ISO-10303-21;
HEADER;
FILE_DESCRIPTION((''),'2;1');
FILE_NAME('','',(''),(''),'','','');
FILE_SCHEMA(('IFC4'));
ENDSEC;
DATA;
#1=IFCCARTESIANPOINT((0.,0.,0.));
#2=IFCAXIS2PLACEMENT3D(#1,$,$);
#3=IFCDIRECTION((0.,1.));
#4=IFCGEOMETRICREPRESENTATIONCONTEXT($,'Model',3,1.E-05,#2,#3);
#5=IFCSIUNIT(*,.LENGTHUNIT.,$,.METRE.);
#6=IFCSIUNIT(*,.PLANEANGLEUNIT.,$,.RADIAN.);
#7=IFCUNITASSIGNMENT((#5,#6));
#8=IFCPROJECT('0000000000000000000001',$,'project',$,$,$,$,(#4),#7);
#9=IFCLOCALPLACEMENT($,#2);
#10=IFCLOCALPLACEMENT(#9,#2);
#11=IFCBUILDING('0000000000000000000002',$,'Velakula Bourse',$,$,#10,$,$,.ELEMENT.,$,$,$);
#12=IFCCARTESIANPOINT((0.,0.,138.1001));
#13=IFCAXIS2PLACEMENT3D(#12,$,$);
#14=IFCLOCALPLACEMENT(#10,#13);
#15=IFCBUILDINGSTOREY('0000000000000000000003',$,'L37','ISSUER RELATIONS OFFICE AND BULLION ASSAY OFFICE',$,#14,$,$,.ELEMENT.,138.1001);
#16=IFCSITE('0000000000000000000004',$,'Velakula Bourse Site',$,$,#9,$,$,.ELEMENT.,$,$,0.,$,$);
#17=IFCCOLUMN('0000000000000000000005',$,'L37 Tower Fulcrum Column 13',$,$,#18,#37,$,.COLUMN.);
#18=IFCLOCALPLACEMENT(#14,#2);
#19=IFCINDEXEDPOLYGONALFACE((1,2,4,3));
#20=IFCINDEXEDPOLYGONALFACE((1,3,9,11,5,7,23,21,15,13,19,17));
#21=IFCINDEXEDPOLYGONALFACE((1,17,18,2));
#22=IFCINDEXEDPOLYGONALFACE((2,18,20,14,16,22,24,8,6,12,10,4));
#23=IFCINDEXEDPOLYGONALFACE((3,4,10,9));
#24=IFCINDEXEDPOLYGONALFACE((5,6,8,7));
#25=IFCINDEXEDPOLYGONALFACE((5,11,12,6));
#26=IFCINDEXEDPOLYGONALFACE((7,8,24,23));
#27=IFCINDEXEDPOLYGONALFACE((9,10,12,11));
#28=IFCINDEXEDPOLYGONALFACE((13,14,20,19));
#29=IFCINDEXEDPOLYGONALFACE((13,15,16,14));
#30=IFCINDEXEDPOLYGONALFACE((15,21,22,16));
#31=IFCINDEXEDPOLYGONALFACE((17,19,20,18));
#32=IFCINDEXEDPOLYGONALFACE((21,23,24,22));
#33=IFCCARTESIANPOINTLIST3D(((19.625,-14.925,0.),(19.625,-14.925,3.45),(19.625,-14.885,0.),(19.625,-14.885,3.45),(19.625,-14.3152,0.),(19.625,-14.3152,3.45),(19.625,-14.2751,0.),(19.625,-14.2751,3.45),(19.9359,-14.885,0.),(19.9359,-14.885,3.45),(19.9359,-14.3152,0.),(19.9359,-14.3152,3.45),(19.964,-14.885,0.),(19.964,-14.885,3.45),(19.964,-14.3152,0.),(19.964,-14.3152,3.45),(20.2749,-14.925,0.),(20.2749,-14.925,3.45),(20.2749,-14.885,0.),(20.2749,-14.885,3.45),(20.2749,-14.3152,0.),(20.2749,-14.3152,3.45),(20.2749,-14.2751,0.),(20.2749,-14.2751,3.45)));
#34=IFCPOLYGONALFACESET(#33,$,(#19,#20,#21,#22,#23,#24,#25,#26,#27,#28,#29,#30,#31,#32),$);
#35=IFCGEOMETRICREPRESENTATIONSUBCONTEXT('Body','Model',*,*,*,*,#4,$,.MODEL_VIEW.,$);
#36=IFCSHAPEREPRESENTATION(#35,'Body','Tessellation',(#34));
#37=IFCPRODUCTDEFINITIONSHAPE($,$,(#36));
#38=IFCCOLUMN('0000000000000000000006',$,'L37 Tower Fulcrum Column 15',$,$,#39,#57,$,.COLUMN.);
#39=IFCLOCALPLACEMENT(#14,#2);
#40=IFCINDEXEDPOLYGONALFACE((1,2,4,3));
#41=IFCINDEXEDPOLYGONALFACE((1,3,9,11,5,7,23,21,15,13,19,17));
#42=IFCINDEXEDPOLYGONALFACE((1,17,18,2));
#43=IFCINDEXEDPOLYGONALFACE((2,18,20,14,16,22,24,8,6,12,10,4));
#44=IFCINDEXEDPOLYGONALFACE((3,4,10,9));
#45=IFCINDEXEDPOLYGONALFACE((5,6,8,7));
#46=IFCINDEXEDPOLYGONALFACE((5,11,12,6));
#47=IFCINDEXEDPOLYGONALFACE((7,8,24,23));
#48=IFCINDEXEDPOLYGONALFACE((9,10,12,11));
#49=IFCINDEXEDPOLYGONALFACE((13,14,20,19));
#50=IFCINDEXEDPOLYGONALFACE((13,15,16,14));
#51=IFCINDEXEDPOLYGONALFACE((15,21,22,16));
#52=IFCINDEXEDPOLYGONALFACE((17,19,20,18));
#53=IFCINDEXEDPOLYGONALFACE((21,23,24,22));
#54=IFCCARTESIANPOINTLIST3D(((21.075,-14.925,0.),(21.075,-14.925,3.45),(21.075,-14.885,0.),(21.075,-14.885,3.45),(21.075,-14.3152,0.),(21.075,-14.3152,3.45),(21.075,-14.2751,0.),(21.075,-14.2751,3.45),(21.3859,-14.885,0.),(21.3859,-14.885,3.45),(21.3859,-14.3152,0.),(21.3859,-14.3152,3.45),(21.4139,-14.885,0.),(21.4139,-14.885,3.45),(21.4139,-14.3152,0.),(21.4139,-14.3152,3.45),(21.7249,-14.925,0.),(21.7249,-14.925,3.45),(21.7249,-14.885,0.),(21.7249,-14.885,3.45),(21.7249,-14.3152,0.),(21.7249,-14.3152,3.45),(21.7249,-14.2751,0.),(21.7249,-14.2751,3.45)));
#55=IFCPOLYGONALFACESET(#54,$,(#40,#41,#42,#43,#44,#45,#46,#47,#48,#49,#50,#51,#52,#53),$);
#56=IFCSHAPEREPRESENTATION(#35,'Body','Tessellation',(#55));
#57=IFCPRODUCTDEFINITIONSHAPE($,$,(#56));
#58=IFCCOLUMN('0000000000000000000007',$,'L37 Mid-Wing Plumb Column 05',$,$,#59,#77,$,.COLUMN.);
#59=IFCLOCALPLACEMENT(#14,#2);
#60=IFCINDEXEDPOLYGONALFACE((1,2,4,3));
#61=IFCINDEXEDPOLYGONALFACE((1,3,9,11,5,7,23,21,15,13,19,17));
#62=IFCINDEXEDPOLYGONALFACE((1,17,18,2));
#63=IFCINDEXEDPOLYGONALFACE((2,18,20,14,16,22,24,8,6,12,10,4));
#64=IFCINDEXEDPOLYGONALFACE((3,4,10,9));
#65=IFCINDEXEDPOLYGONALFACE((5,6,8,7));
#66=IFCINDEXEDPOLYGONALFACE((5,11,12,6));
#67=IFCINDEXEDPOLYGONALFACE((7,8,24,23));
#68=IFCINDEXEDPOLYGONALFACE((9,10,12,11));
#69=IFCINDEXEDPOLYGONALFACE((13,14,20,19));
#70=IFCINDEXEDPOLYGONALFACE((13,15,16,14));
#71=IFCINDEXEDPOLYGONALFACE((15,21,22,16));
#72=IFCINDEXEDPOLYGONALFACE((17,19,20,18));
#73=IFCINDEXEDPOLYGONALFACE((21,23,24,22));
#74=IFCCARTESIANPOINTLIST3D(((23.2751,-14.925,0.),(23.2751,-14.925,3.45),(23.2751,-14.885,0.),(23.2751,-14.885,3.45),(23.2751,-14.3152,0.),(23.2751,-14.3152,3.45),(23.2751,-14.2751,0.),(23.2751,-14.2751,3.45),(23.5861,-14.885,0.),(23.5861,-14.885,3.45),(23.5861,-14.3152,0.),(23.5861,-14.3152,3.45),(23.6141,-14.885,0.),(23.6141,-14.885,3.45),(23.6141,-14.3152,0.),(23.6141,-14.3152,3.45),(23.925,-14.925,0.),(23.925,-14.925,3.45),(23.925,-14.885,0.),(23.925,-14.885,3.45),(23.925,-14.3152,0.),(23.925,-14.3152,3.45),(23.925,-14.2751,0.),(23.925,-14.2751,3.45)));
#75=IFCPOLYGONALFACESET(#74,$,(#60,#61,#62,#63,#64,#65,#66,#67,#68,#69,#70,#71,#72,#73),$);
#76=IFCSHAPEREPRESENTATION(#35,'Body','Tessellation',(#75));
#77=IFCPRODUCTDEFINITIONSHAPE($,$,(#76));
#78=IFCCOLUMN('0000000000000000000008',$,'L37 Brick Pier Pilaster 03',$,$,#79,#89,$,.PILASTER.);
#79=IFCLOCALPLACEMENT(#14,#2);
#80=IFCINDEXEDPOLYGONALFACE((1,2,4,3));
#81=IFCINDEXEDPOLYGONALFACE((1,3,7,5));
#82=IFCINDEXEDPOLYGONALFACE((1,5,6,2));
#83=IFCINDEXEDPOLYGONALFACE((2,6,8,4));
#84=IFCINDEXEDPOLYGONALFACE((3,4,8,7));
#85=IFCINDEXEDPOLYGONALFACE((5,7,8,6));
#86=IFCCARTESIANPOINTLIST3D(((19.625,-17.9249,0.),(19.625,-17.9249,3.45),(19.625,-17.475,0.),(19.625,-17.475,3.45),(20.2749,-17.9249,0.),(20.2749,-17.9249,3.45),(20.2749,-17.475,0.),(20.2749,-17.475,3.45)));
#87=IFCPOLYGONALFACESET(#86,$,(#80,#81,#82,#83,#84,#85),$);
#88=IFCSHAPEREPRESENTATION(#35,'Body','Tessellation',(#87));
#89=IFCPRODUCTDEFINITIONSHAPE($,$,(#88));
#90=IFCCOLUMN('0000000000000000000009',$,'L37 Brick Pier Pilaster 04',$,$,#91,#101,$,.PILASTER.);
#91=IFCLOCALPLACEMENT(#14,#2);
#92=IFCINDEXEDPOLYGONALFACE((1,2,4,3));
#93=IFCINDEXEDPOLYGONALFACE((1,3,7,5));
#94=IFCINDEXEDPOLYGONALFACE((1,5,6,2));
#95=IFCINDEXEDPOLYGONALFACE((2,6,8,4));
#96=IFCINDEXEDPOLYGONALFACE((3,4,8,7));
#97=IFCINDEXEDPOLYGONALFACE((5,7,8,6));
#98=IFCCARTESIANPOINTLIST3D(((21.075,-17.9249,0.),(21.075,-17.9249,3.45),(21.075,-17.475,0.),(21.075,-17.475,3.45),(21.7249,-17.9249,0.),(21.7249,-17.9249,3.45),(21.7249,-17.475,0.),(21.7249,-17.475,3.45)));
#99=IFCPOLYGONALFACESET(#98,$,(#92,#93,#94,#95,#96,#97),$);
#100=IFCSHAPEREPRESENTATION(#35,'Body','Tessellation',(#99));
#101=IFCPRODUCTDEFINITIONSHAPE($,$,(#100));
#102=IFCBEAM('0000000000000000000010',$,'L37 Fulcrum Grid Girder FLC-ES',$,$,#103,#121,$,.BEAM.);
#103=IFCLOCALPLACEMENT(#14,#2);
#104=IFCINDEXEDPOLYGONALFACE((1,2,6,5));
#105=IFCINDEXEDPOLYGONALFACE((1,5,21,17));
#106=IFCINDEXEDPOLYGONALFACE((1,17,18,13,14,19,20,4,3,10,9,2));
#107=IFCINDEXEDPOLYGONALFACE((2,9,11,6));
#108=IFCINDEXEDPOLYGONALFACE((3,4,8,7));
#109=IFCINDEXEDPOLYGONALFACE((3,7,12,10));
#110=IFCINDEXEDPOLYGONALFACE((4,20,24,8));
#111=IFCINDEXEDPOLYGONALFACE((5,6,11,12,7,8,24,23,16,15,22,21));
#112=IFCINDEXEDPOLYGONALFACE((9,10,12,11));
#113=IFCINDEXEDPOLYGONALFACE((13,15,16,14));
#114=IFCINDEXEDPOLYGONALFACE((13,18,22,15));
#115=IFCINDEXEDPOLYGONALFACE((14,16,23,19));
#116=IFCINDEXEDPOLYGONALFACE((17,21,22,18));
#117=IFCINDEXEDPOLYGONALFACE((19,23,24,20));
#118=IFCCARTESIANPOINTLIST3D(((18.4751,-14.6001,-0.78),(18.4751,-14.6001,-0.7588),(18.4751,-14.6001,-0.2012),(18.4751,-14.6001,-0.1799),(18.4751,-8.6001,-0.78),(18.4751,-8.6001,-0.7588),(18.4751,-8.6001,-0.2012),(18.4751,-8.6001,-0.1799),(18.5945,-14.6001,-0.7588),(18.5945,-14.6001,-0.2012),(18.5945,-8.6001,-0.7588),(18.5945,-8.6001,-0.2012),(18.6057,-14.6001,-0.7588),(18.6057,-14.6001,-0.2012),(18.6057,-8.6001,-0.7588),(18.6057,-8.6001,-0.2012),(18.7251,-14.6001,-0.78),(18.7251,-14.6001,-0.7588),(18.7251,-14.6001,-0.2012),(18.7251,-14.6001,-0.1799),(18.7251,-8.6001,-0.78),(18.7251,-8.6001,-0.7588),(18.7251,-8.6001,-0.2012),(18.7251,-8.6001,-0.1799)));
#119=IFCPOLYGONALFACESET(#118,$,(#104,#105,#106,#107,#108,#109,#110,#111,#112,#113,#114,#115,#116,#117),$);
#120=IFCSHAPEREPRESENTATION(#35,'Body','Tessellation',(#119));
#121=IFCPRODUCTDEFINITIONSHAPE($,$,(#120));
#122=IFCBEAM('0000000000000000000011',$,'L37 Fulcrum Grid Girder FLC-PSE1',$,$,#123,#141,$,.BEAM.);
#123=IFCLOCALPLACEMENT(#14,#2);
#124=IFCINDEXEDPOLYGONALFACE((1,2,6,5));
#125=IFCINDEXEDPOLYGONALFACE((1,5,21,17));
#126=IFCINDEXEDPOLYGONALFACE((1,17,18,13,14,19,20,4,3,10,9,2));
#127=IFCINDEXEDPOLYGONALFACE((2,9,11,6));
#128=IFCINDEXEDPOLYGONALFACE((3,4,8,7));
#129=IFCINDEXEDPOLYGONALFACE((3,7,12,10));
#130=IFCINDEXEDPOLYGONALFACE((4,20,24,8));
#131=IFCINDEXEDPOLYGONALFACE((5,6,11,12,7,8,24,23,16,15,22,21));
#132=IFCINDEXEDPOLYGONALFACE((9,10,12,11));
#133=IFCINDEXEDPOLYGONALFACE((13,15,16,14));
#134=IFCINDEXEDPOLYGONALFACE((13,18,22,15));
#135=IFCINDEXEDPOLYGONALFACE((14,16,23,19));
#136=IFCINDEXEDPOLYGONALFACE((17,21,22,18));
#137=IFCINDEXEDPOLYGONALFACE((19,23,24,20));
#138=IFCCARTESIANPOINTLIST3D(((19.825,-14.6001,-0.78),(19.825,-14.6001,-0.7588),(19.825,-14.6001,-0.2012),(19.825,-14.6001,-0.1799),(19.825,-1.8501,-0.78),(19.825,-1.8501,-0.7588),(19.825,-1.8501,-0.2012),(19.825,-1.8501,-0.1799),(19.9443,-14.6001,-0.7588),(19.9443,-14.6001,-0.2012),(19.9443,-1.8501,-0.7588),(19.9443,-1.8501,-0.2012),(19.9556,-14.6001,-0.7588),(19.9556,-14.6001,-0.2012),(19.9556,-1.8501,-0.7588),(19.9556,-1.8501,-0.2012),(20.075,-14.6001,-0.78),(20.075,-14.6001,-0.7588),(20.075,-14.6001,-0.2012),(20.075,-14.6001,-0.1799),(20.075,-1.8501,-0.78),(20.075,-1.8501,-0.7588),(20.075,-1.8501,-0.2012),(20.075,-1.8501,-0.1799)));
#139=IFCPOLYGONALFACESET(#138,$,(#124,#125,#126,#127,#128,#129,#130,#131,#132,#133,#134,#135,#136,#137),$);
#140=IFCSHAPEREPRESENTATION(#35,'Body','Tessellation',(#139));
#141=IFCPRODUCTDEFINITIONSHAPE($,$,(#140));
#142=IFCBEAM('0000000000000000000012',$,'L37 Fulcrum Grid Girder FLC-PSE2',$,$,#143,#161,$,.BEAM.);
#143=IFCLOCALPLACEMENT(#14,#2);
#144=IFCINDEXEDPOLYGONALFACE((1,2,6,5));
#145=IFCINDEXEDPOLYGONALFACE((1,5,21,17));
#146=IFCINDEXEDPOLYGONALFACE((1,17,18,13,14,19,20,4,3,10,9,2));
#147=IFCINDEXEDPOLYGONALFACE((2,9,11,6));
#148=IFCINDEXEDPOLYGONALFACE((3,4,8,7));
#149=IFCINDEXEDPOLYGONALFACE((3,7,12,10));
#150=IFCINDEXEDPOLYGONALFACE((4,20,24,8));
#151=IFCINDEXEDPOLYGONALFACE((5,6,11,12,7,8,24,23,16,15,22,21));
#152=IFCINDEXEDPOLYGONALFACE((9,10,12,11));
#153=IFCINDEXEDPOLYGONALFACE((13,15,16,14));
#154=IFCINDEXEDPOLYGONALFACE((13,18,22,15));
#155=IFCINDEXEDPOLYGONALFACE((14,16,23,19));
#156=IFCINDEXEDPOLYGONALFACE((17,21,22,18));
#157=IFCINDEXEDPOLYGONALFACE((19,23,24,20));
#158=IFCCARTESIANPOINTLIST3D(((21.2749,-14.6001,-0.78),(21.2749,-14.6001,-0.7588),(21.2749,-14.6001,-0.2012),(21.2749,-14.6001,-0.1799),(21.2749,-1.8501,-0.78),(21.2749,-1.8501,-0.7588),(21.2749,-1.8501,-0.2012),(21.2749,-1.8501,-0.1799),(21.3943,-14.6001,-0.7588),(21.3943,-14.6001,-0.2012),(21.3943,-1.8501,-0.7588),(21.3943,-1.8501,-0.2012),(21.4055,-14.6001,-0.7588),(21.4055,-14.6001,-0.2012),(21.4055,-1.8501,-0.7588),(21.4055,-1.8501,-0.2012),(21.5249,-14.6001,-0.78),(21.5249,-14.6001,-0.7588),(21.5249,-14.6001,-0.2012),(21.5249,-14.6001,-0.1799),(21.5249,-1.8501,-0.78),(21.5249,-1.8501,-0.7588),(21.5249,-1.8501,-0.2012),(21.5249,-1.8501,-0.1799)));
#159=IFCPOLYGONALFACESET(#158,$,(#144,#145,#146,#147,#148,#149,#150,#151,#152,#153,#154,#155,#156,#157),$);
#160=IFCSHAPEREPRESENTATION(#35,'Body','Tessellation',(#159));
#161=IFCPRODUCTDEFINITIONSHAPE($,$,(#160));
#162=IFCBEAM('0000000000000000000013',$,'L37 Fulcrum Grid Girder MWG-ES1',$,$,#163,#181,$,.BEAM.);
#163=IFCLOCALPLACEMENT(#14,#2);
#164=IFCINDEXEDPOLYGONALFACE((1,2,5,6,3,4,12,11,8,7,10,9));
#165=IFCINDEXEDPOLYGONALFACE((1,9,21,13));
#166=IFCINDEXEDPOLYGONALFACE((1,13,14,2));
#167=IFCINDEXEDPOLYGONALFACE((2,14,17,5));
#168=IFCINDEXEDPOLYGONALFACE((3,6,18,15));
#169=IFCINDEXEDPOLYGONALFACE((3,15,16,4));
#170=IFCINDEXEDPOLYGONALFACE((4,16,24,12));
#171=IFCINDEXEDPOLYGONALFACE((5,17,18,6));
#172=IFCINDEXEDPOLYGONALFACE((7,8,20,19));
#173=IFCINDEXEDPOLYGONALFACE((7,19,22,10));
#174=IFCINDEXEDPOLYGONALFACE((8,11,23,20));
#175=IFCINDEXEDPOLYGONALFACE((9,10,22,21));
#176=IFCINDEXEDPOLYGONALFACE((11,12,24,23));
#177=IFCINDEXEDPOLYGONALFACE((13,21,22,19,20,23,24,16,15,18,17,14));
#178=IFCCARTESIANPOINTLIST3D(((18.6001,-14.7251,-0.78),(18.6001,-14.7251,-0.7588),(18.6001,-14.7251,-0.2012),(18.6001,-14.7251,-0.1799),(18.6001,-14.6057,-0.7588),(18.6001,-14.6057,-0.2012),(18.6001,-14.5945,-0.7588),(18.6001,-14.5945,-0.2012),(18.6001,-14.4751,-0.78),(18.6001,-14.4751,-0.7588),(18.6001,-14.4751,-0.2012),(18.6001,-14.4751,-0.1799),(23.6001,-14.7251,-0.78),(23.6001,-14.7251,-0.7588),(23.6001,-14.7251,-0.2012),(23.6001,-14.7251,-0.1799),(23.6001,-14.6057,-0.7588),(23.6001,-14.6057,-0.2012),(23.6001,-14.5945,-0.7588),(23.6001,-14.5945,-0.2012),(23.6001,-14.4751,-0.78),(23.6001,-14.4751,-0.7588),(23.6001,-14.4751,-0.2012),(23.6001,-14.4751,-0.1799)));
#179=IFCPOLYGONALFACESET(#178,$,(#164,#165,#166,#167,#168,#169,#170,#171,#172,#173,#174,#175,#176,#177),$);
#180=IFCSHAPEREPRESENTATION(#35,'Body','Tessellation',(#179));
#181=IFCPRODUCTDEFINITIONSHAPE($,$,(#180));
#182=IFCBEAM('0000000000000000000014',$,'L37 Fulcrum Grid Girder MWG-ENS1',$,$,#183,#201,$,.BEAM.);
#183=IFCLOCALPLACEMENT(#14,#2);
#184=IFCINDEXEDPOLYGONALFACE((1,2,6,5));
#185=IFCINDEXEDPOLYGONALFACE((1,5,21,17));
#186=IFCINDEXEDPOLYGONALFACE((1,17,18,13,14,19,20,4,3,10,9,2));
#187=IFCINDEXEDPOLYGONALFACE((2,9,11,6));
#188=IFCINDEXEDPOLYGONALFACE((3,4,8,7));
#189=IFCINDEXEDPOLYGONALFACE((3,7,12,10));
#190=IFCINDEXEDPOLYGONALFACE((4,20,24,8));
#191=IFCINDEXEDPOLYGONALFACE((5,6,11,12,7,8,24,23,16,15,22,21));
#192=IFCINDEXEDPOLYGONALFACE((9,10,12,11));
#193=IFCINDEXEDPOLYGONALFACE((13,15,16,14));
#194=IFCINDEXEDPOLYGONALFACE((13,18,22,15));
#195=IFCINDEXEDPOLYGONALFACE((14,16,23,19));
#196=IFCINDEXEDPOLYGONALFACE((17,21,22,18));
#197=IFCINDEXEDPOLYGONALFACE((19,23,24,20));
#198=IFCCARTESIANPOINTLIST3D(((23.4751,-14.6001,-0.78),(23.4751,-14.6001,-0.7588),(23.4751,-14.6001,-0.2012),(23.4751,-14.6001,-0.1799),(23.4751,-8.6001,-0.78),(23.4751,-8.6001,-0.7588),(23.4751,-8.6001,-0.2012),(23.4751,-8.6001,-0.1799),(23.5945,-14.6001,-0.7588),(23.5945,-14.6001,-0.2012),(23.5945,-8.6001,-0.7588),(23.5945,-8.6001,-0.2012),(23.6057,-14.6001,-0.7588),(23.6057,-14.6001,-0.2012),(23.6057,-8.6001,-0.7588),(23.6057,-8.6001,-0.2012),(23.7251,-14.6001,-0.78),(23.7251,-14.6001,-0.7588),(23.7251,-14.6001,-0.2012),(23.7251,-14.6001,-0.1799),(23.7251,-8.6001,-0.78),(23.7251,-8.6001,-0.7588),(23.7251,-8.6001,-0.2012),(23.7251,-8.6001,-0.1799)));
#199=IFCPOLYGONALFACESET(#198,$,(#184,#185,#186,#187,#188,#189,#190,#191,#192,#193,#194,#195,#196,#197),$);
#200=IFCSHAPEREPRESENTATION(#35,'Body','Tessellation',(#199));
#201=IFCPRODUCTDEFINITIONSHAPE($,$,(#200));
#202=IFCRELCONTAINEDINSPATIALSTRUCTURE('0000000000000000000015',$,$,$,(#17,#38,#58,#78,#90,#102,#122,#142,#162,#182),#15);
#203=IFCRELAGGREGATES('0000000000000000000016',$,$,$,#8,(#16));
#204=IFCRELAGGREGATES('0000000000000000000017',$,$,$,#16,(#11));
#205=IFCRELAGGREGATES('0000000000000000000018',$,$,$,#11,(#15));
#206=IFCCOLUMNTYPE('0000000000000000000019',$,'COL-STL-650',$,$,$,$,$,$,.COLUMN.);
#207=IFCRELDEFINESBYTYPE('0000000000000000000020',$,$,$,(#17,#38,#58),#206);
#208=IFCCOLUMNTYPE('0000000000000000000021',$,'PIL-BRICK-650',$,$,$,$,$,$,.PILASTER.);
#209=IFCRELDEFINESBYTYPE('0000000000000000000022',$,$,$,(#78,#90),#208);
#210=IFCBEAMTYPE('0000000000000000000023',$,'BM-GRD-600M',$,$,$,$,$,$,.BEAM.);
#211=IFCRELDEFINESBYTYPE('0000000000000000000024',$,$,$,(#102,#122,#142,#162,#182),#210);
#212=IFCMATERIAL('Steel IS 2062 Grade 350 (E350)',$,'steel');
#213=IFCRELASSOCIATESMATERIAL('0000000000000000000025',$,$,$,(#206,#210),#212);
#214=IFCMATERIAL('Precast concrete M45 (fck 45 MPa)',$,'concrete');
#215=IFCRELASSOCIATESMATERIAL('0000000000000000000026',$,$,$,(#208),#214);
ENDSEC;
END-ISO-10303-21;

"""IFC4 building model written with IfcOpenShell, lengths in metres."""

from ifc_helpers import new_model, si_unit, direction, frame, origin, origin_2d, place, context, subcontext, project, spatial, rectangle, i_section, extrude, material, material_profile, profile_set, type_object, element, save


model = new_model("IFC4")

# Units and contexts
model_context = context("Model", 3, precision=1e-05, world=origin(), true_north=direction((0.0, 1.0)))
body_context = subcontext(model_context, "Body", "Model", "MODEL_VIEW")
ifc_project = project(units=[si_unit("LENGTHUNIT", "METRE"), si_unit("PLANEANGLEUNIT", "RADIAN")], contexts=[model_context])

# Site, building, storey
site_placement = place(None, origin())
site = spatial("IfcSite", under=ifc_project, at=site_placement, Name="Velakula Bourse Site", CompositionType="ELEMENT", RefElevation=0.0)
building_placement = place(site_placement, origin())
building = spatial("IfcBuilding", under=site, at=building_placement, Name="Velakula Bourse", CompositionType="ELEMENT")
storey_placement = place(building_placement, frame((0.0, 0.0, 138.1001)))
storey = spatial("IfcBuildingStorey", under=building, at=storey_placement, Name="L37", Description="ISSUER RELATIONS OFFICE AND BULLION ASSAY OFFICE", CompositionType="ELEMENT", Elevation=138.1001)

# Columns
ifc_material_1 = material(Name="Steel IS 2062 Grade 350 (E350)", Category="steel")
ifc_material_profile_1 = material_profile(ifc_material_1, i_section(OverallWidth=0.6499, OverallDepth=0.6499, WebThickness=0.0281, FlangeThickness=0.04, at=origin_2d()), Name="Steel IS 2062 Grade 350 (E350)")
ifc_profile_set_1 = profile_set([ifc_material_profile_1], Name="Steel IS 2062 Grade 350 (E350)")
column_type_1 = type_object("IfcColumnType", Name="COL-STL-650", PredefinedType="COLUMN", material=ifc_profile_set_1)
for number, where, z_axis, x_axis, name in (
    (1, (19.95, -14.6001, 0.0), (0.0, 0.0, 1.0), (1.0, 0.0, 0.0), "L37 Tower Fulcrum Column 13"),
    (2, (21.3999, -14.6001, 0.0), (0.0, 0.0, 1.0), (1.0, 0.0, 0.0), "L37 Tower Fulcrum Column 15"),
    (3, (23.6001, -14.6001, 0.0), (0.0, 0.0, 1.0), (1.0, 0.0, 0.0), "L37 Mid-Wing Plumb Column 05"),
):
    element("IfcColumn", number, at=place(storey_placement, frame(where, z_axis=z_axis, x_axis=x_axis)), inside=storey, type_object=column_type_1, Name=name, PredefinedType="COLUMN", context=body_context, shape_type="SweptSolid", body=[
        extrude(i_section(OverallWidth=0.6499, OverallDepth=0.6499, WebThickness=0.0281, FlangeThickness=0.04, at=origin_2d()), origin(), (0.0, 0.0, 1.0), 3.45),
    ])
ifc_material_2 = material(Name="Precast concrete M45 (fck 45 MPa)", Category="concrete")
ifc_material_profile_2 = material_profile(ifc_material_2, rectangle(XDim=0.6499, YDim=0.45, at=origin_2d()), Name="Precast concrete M45 (fck 45 MPa)")
ifc_profile_set_2 = profile_set([ifc_material_profile_2], Name="Precast concrete M45 (fck 45 MPa)")
column_type_2 = type_object("IfcColumnType", Name="PIL-BRICK-650", PredefinedType="PILASTER", material=ifc_profile_set_2)
for number, where, z_axis, x_axis, name in (
    (4, (19.95, -17.7, 0.0), (0.0, 0.0, 1.0), (1.0, 0.0, 0.0), "L37 Brick Pier Pilaster 03"),
    (5, (21.3999, -17.7, 0.0), (0.0, 0.0, 1.0), (1.0, 0.0, 0.0), "L37 Brick Pier Pilaster 04"),
):
    element("IfcColumn", number, at=place(storey_placement, frame(where, z_axis=z_axis, x_axis=x_axis)), inside=storey, type_object=column_type_2, Name=name, PredefinedType="PILASTER", context=body_context, shape_type="SweptSolid", body=[
        extrude(rectangle(XDim=0.6499, YDim=0.45, at=origin_2d()), origin(), (0.0, 0.0, 1.0), 3.45),
    ])

# Beams
ifc_material_profile_3 = material_profile(ifc_material_1, i_section(OverallWidth=0.25, OverallDepth=0.6001, WebThickness=0.0112, FlangeThickness=0.0212, at=origin_2d()), Name="Steel IS 2062 Grade 350 (E350)")
ifc_profile_set_3 = profile_set([ifc_material_profile_3], Name="Steel IS 2062 Grade 350 (E350)")
beam_type = type_object("IfcBeamType", Name="BM-GRD-600M", PredefinedType="BEAM", material=ifc_profile_set_3)
beam_1_placement = place(storey_placement, frame((18.6001, -14.6001, -0.48), z_axis=(0.0, 1.0, 0.0), x_axis=(-1.0, 0.0, 0.0)))
element("IfcBeam", 6, at=beam_1_placement, inside=storey, type_object=beam_type, Name="L37 Fulcrum Grid Girder FLC-ES", PredefinedType="BEAM", context=body_context, shape_type="SweptSolid", body=[
    extrude(i_section(OverallWidth=0.25, OverallDepth=0.6001, WebThickness=0.0112, FlangeThickness=0.0212, at=origin_2d()), origin(), (0.0, 0.0, 1.0), 6.0),
])
for number, where, z_axis, x_axis, name in (
    (7, (19.95, -14.6001, -0.48), (0.0, 1.0, 0.0), (-1.0, 0.0, 0.0), "L37 Fulcrum Grid Girder FLC-PSE1"),
    (8, (21.3999, -14.6001, -0.48), (0.0, 1.0, 0.0), (-1.0, 0.0, 0.0), "L37 Fulcrum Grid Girder FLC-PSE2"),
):
    element("IfcBeam", number, at=place(storey_placement, frame(where, z_axis=z_axis, x_axis=x_axis)), inside=storey, type_object=beam_type, Name=name, PredefinedType="BEAM", context=body_context, shape_type="SweptSolid", body=[
        extrude(i_section(OverallWidth=0.25, OverallDepth=0.6001, WebThickness=0.0112, FlangeThickness=0.0212, at=origin_2d()), origin(), (0.0, 0.0, 1.0), 12.75),
    ])
beam_2_placement = place(storey_placement, frame((18.6001, -14.6001, -0.48), z_axis=(1.0, 0.0, 0.0), x_axis=(0.0, 1.0, 0.0)))
element("IfcBeam", 9, at=beam_2_placement, inside=storey, type_object=beam_type, Name="L37 Fulcrum Grid Girder MWG-ES1", PredefinedType="BEAM", context=body_context, shape_type="SweptSolid", body=[
    extrude(i_section(OverallWidth=0.25, OverallDepth=0.6001, WebThickness=0.0112, FlangeThickness=0.0212, at=origin_2d()), origin(), (0.0, 0.0, 1.0), 5.0),
])
beam_3_placement = place(storey_placement, frame((23.6001, -14.6001, -0.48), z_axis=(0.0, 1.0, 0.0), x_axis=(-1.0, 0.0, 0.0)))
element("IfcBeam", 10, at=beam_3_placement, inside=storey, type_object=beam_type, Name="L37 Fulcrum Grid Girder MWG-ENS1", PredefinedType="BEAM", context=body_context, shape_type="SweptSolid", body=[
    extrude(i_section(OverallWidth=0.25, OverallDepth=0.6001, WebThickness=0.0112, FlangeThickness=0.0212, at=origin_2d()), origin(), (0.0, 0.0, 1.0), 6.0),
])

save(model, "model.ifc")
